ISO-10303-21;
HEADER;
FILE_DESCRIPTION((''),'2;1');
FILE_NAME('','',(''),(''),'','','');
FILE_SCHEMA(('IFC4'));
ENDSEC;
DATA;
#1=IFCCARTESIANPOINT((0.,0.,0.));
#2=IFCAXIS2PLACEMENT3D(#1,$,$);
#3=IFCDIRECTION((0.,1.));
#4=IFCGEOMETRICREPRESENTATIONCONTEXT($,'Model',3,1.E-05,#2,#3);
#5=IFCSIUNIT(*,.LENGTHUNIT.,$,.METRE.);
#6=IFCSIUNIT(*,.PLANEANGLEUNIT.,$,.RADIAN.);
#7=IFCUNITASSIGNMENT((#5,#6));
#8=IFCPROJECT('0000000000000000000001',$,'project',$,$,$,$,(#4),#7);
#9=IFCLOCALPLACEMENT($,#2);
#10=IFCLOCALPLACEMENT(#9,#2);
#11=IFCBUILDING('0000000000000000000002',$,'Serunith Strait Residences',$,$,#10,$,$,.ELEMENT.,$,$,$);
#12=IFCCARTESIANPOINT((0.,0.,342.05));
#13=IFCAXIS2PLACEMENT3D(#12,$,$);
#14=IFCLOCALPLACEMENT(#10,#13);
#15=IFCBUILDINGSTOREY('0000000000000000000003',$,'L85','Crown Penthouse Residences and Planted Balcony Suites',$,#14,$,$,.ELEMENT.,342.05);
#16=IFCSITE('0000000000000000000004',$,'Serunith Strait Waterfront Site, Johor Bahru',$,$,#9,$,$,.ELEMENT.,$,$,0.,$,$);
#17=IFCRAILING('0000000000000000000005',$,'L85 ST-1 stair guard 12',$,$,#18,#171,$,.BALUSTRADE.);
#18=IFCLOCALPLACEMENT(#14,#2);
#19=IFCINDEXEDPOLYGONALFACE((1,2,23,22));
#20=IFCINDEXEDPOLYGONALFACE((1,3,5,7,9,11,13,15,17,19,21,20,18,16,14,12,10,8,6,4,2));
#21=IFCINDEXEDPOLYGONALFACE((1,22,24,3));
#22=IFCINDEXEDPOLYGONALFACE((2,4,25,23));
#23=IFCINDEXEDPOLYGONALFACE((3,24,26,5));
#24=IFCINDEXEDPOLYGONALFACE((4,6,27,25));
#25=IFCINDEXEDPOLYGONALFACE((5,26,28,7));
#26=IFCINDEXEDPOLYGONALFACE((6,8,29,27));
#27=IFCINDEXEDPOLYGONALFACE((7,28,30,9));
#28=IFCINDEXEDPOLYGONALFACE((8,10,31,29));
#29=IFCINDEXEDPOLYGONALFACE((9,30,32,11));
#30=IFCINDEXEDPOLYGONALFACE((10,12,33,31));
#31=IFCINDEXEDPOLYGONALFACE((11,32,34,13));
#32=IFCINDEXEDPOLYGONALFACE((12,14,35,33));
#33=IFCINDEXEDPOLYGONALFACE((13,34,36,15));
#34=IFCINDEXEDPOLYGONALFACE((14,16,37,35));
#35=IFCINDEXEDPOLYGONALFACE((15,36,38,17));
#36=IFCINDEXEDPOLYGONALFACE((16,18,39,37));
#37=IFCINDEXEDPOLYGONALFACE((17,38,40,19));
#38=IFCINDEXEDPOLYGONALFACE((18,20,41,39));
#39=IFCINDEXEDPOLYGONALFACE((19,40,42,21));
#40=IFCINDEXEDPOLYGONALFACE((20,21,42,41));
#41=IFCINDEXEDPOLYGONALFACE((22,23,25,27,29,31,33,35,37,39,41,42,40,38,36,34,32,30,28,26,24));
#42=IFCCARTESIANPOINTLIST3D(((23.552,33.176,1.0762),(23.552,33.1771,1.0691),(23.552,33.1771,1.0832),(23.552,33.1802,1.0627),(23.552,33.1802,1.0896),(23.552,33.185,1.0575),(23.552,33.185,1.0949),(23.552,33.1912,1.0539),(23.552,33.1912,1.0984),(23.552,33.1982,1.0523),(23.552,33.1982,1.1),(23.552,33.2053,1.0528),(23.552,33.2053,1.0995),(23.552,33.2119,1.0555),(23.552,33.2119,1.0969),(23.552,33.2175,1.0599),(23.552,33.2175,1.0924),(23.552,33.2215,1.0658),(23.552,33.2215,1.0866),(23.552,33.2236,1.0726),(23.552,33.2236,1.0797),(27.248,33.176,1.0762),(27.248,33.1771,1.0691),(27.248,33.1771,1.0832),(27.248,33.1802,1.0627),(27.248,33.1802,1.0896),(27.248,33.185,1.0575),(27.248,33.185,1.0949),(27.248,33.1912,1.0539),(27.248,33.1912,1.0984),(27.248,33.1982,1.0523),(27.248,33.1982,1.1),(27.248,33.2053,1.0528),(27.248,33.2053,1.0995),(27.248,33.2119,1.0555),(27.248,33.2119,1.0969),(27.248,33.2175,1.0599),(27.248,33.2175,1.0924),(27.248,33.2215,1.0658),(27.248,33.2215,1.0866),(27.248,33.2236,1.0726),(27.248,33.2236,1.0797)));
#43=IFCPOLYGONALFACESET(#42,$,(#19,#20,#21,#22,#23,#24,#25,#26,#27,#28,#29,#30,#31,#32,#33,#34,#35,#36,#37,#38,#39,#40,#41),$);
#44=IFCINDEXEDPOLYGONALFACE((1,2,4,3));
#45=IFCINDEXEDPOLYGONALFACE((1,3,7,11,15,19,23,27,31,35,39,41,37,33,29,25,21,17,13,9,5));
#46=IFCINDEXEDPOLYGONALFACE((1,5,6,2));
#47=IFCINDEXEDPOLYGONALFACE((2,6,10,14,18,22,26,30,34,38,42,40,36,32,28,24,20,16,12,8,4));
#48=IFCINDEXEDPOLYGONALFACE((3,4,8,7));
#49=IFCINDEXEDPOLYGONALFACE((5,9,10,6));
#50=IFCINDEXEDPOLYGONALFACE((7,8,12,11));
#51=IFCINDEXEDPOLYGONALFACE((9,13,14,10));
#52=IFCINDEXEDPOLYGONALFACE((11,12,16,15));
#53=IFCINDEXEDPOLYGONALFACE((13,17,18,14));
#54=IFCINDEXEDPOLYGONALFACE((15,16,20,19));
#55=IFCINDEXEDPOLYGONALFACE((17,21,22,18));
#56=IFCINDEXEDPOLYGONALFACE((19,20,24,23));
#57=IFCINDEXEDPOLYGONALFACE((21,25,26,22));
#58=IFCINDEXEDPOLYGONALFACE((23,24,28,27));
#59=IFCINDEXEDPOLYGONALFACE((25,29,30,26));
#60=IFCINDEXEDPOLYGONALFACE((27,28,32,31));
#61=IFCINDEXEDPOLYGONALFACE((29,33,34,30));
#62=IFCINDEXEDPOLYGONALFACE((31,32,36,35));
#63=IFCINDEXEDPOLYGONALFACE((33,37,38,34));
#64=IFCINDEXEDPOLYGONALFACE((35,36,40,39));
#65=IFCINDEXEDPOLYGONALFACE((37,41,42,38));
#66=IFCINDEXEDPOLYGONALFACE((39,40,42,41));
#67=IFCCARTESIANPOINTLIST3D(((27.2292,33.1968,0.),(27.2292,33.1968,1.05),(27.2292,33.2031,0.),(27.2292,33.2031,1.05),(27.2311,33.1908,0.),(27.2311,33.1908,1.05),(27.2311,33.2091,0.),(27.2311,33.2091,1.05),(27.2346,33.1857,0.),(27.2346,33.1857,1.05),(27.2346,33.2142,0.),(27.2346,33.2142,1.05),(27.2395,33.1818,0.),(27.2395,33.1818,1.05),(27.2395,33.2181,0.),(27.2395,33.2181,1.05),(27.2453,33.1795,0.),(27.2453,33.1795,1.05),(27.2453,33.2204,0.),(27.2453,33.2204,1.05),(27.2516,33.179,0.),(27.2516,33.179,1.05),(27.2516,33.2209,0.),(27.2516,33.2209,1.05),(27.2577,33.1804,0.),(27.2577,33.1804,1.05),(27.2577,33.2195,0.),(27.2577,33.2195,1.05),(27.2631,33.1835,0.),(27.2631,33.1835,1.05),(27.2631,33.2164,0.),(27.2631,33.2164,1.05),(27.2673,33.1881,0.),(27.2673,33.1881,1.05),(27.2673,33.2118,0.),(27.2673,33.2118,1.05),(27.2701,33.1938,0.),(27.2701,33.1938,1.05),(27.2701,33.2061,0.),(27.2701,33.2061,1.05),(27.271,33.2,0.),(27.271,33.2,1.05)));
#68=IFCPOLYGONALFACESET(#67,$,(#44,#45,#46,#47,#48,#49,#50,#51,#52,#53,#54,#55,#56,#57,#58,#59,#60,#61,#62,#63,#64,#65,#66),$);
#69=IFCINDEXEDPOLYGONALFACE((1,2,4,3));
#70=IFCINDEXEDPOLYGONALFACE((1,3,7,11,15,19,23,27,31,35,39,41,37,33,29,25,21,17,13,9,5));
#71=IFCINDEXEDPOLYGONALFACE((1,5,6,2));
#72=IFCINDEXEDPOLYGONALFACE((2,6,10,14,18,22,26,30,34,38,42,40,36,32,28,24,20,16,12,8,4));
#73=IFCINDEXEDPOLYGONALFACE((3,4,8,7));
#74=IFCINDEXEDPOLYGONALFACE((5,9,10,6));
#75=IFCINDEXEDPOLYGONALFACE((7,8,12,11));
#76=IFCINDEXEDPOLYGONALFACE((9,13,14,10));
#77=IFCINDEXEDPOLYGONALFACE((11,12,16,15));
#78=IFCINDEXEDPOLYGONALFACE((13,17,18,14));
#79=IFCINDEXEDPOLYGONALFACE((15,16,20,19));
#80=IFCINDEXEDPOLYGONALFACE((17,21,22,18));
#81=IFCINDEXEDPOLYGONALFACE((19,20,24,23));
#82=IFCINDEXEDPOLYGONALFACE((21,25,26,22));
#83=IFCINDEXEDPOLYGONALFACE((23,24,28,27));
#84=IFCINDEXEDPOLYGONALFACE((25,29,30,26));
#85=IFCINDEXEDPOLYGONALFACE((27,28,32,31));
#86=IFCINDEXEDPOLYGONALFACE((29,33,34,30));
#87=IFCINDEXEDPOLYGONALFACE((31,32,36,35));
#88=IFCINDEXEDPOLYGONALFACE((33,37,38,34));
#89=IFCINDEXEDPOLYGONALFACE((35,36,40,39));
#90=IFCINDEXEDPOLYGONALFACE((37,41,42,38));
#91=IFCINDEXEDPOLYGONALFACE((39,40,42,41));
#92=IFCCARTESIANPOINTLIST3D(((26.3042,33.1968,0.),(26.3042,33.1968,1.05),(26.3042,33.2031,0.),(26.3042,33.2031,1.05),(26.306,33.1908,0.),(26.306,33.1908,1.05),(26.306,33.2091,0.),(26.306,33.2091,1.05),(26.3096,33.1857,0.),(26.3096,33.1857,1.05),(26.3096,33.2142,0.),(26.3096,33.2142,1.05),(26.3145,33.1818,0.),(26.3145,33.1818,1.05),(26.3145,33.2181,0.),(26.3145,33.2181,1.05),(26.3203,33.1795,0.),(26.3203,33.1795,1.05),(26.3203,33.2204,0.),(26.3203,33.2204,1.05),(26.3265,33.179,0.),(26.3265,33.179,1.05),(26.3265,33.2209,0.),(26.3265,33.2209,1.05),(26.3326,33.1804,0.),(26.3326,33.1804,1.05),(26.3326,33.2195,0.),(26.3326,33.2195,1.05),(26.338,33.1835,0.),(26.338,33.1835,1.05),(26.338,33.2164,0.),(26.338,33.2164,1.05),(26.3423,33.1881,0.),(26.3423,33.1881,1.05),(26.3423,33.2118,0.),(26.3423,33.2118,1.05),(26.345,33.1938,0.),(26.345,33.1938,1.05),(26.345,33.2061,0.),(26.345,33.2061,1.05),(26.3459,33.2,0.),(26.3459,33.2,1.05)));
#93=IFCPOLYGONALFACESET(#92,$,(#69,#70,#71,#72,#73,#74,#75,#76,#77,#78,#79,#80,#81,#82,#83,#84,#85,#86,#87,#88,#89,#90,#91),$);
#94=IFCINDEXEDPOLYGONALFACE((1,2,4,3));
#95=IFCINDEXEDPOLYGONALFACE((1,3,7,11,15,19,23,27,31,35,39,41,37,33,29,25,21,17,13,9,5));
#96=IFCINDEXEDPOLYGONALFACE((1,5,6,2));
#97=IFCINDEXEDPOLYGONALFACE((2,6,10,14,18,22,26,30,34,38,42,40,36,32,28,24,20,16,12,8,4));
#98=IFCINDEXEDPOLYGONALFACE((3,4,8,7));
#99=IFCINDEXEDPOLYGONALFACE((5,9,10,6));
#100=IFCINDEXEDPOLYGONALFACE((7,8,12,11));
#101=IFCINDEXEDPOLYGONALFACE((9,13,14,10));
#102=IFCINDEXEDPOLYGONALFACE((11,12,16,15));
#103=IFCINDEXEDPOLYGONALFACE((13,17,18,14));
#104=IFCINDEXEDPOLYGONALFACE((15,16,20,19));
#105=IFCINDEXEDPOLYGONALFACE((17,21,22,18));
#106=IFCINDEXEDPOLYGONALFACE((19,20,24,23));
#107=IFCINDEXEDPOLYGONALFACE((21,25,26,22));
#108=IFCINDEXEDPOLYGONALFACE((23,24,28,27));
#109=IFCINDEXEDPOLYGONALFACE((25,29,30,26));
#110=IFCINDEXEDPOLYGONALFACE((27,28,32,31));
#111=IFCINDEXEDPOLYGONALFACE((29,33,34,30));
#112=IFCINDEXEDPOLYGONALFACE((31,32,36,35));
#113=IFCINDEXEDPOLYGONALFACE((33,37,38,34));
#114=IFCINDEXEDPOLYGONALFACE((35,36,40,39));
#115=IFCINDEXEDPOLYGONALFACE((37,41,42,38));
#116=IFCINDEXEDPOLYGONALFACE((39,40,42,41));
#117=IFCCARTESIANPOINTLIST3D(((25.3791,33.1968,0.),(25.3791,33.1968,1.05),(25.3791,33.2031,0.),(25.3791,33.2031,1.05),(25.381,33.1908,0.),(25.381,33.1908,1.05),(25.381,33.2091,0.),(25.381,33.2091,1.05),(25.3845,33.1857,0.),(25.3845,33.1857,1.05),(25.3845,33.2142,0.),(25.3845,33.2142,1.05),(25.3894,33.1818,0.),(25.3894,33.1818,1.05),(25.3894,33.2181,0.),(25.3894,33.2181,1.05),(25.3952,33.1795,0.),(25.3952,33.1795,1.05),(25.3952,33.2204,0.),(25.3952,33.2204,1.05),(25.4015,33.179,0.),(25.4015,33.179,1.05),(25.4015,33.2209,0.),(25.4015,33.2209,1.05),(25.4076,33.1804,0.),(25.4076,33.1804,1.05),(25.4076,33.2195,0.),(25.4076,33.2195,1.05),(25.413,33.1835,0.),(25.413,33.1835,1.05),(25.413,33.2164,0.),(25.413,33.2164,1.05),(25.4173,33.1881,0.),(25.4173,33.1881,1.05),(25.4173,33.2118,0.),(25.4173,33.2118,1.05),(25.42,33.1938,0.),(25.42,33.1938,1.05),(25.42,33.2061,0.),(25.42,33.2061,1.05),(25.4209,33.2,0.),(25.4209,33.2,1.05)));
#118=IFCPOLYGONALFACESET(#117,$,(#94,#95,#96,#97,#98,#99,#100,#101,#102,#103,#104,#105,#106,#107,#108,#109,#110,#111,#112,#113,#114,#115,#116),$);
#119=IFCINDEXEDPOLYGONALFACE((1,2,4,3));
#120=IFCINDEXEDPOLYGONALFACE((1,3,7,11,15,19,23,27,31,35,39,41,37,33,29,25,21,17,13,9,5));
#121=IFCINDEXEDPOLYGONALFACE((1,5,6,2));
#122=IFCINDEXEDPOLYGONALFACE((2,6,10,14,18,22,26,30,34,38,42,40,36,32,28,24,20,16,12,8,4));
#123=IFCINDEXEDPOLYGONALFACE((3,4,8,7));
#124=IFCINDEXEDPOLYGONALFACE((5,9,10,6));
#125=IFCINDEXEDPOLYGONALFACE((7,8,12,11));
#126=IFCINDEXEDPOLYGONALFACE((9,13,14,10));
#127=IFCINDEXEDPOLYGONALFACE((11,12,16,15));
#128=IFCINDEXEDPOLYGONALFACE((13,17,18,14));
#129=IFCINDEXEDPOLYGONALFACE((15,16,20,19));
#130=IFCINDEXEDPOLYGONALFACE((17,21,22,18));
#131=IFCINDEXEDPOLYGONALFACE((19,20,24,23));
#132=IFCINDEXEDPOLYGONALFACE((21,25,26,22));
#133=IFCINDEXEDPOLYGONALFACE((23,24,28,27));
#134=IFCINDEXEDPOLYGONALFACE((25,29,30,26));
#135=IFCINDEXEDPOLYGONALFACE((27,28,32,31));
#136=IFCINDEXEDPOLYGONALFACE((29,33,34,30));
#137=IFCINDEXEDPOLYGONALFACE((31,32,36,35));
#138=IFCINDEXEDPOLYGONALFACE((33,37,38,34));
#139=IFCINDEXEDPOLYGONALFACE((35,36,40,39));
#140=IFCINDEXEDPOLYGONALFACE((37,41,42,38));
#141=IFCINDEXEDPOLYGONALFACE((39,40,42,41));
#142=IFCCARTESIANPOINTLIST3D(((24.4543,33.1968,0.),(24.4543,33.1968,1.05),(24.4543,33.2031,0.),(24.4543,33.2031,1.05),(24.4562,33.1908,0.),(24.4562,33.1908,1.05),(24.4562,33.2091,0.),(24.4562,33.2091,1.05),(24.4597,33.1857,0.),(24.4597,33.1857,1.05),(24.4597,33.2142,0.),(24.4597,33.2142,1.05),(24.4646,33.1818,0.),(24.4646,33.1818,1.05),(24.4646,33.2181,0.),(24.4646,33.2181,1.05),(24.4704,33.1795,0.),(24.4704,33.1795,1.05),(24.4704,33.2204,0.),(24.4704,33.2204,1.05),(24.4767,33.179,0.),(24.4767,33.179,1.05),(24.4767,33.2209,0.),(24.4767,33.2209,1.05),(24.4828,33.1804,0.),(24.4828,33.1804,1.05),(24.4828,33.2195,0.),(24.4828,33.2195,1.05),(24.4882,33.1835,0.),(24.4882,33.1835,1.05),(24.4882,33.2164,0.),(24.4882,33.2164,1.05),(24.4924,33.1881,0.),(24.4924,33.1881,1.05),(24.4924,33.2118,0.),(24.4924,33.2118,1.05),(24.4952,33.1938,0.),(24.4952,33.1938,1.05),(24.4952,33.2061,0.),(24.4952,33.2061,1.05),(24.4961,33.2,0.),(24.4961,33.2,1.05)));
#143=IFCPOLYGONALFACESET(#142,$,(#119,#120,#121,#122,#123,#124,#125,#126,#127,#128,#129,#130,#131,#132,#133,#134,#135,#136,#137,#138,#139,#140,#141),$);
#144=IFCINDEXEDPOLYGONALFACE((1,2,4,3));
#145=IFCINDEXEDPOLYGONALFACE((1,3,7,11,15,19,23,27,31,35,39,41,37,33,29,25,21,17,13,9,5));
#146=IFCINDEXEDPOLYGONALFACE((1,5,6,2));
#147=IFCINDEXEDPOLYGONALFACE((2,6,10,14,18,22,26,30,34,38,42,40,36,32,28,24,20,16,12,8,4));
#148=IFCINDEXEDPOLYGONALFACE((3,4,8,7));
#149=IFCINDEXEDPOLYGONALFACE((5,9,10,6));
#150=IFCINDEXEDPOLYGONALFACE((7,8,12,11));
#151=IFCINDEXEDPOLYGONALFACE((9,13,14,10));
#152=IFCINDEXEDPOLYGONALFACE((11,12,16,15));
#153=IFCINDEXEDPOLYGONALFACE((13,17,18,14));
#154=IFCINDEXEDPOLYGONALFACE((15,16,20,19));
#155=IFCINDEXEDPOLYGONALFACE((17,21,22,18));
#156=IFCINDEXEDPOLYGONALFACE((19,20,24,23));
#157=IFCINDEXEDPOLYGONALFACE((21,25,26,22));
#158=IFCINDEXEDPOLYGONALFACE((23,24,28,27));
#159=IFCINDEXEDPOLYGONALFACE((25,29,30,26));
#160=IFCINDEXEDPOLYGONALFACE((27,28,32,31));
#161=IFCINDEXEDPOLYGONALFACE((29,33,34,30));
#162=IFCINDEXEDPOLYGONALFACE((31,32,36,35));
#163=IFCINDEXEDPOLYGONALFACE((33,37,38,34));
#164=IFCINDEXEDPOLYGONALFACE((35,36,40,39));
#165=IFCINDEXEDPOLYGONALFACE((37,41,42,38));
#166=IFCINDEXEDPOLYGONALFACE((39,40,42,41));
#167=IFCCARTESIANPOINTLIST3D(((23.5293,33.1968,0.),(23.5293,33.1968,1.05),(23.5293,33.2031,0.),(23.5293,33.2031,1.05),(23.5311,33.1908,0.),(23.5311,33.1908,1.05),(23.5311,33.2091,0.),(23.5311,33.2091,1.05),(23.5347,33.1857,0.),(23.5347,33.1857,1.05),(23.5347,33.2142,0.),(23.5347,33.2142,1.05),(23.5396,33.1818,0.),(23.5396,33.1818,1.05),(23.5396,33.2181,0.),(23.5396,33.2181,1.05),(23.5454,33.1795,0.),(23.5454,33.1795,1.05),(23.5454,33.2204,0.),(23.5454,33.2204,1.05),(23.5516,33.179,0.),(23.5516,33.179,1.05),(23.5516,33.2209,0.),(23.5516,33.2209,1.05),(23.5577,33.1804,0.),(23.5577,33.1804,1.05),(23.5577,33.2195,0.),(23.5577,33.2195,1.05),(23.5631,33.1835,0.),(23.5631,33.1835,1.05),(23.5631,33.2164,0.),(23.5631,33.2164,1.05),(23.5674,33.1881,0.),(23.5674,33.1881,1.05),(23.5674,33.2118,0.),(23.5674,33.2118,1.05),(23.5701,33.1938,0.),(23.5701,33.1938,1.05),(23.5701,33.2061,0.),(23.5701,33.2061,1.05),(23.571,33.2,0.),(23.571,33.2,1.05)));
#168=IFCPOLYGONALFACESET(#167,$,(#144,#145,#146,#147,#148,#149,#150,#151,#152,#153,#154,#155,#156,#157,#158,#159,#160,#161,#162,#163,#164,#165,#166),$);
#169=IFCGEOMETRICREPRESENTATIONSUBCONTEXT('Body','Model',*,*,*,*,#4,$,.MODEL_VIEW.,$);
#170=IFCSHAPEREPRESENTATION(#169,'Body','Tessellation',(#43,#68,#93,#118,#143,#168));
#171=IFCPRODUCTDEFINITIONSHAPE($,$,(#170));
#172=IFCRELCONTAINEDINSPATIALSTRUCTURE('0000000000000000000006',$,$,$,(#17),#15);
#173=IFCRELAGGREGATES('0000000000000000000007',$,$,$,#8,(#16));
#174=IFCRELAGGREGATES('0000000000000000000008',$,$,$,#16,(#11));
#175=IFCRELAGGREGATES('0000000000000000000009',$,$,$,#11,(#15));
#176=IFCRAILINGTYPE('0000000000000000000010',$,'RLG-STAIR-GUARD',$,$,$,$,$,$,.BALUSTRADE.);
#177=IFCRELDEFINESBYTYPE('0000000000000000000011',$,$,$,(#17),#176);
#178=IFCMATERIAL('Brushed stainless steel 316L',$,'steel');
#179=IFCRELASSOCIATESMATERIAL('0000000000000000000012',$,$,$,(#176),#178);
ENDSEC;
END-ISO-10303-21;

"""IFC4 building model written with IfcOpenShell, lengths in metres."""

from ifc_helpers import new_model, si_unit, direction, frame, origin, origin_2d, place, context, subcontext, project, spatial, circle, extrude, material, type_object, element, save


model = new_model("IFC4")

# Units and contexts
model_context = context("Model", 3, precision=1e-05, world=origin(), true_north=direction((0.0, 1.0)))
body_context = subcontext(model_context, "Body", "Model", "MODEL_VIEW")
ifc_project = project(units=[si_unit("LENGTHUNIT", "METRE"), si_unit("PLANEANGLEUNIT", "RADIAN")], contexts=[model_context])

# Site, building, storey
site_placement = place(None, origin())
site = spatial("IfcSite", under=ifc_project, at=site_placement, Name="Serunith Strait Waterfront Site, Johor Bahru", CompositionType="ELEMENT", RefElevation=0.0)
building_placement = place(site_placement, origin())
building = spatial("IfcBuilding", under=site, at=building_placement, Name="Serunith Strait Residences", CompositionType="ELEMENT")
storey_placement = place(building_placement, frame((0.0, 0.0, 342.05)))
storey = spatial("IfcBuildingStorey", under=building, at=storey_placement, Name="L85", Description="Crown Penthouse Residences and Planted Balcony Suites", CompositionType="ELEMENT", Elevation=342.05)

# Railing
ifc_material_1 = material(Name="Brushed stainless steel 316L", Category="steel")
railing_type_1 = type_object("IfcRailingType", Name="RLG-STAIR-GUARD", PredefinedType="BALUSTRADE", material=ifc_material_1)
railing_1_placement = place(storey_placement, frame((27.25, 33.2, 0.0)))
element("IfcRailing", 1, at=railing_1_placement, inside=storey, type_object=railing_type_1, Name="L85 ST-1 stair guard 12", PredefinedType="BALUSTRADE", context=body_context, shape_type="SweptSolid", body=[
    extrude(circle(Radius=0.0239, at=origin_2d()), frame((-0.002, 0.0, 1.0762), z_axis=(-1.0, 0.0, 0.0), x_axis=(0.0, -1.0, 0.0)), (0.0, 0.0, 1.0), 3.696),
    extrude(circle(Radius=0.021, at=origin_2d()), origin(), (0.0, 0.0, 1.0), 1.05),
    extrude(circle(Radius=0.021, at=origin_2d()), frame((-0.925, 0.0, 0.0)), (0.0, 0.0, 1.0), 1.05),
    extrude(circle(Radius=0.021, at=origin_2d()), frame((-1.8501, 0.0, 0.0)), (0.0, 0.0, 1.0), 1.05),
    extrude(circle(Radius=0.021, at=origin_2d()), frame((-2.7749, 0.0, 0.0)), (0.0, 0.0, 1.0), 1.05),
    extrude(circle(Radius=0.021, at=origin_2d()), frame((-3.7, 0.0, 0.0)), (0.0, 0.0, 1.0), 1.05),
])

save(model, "model.ifc")
